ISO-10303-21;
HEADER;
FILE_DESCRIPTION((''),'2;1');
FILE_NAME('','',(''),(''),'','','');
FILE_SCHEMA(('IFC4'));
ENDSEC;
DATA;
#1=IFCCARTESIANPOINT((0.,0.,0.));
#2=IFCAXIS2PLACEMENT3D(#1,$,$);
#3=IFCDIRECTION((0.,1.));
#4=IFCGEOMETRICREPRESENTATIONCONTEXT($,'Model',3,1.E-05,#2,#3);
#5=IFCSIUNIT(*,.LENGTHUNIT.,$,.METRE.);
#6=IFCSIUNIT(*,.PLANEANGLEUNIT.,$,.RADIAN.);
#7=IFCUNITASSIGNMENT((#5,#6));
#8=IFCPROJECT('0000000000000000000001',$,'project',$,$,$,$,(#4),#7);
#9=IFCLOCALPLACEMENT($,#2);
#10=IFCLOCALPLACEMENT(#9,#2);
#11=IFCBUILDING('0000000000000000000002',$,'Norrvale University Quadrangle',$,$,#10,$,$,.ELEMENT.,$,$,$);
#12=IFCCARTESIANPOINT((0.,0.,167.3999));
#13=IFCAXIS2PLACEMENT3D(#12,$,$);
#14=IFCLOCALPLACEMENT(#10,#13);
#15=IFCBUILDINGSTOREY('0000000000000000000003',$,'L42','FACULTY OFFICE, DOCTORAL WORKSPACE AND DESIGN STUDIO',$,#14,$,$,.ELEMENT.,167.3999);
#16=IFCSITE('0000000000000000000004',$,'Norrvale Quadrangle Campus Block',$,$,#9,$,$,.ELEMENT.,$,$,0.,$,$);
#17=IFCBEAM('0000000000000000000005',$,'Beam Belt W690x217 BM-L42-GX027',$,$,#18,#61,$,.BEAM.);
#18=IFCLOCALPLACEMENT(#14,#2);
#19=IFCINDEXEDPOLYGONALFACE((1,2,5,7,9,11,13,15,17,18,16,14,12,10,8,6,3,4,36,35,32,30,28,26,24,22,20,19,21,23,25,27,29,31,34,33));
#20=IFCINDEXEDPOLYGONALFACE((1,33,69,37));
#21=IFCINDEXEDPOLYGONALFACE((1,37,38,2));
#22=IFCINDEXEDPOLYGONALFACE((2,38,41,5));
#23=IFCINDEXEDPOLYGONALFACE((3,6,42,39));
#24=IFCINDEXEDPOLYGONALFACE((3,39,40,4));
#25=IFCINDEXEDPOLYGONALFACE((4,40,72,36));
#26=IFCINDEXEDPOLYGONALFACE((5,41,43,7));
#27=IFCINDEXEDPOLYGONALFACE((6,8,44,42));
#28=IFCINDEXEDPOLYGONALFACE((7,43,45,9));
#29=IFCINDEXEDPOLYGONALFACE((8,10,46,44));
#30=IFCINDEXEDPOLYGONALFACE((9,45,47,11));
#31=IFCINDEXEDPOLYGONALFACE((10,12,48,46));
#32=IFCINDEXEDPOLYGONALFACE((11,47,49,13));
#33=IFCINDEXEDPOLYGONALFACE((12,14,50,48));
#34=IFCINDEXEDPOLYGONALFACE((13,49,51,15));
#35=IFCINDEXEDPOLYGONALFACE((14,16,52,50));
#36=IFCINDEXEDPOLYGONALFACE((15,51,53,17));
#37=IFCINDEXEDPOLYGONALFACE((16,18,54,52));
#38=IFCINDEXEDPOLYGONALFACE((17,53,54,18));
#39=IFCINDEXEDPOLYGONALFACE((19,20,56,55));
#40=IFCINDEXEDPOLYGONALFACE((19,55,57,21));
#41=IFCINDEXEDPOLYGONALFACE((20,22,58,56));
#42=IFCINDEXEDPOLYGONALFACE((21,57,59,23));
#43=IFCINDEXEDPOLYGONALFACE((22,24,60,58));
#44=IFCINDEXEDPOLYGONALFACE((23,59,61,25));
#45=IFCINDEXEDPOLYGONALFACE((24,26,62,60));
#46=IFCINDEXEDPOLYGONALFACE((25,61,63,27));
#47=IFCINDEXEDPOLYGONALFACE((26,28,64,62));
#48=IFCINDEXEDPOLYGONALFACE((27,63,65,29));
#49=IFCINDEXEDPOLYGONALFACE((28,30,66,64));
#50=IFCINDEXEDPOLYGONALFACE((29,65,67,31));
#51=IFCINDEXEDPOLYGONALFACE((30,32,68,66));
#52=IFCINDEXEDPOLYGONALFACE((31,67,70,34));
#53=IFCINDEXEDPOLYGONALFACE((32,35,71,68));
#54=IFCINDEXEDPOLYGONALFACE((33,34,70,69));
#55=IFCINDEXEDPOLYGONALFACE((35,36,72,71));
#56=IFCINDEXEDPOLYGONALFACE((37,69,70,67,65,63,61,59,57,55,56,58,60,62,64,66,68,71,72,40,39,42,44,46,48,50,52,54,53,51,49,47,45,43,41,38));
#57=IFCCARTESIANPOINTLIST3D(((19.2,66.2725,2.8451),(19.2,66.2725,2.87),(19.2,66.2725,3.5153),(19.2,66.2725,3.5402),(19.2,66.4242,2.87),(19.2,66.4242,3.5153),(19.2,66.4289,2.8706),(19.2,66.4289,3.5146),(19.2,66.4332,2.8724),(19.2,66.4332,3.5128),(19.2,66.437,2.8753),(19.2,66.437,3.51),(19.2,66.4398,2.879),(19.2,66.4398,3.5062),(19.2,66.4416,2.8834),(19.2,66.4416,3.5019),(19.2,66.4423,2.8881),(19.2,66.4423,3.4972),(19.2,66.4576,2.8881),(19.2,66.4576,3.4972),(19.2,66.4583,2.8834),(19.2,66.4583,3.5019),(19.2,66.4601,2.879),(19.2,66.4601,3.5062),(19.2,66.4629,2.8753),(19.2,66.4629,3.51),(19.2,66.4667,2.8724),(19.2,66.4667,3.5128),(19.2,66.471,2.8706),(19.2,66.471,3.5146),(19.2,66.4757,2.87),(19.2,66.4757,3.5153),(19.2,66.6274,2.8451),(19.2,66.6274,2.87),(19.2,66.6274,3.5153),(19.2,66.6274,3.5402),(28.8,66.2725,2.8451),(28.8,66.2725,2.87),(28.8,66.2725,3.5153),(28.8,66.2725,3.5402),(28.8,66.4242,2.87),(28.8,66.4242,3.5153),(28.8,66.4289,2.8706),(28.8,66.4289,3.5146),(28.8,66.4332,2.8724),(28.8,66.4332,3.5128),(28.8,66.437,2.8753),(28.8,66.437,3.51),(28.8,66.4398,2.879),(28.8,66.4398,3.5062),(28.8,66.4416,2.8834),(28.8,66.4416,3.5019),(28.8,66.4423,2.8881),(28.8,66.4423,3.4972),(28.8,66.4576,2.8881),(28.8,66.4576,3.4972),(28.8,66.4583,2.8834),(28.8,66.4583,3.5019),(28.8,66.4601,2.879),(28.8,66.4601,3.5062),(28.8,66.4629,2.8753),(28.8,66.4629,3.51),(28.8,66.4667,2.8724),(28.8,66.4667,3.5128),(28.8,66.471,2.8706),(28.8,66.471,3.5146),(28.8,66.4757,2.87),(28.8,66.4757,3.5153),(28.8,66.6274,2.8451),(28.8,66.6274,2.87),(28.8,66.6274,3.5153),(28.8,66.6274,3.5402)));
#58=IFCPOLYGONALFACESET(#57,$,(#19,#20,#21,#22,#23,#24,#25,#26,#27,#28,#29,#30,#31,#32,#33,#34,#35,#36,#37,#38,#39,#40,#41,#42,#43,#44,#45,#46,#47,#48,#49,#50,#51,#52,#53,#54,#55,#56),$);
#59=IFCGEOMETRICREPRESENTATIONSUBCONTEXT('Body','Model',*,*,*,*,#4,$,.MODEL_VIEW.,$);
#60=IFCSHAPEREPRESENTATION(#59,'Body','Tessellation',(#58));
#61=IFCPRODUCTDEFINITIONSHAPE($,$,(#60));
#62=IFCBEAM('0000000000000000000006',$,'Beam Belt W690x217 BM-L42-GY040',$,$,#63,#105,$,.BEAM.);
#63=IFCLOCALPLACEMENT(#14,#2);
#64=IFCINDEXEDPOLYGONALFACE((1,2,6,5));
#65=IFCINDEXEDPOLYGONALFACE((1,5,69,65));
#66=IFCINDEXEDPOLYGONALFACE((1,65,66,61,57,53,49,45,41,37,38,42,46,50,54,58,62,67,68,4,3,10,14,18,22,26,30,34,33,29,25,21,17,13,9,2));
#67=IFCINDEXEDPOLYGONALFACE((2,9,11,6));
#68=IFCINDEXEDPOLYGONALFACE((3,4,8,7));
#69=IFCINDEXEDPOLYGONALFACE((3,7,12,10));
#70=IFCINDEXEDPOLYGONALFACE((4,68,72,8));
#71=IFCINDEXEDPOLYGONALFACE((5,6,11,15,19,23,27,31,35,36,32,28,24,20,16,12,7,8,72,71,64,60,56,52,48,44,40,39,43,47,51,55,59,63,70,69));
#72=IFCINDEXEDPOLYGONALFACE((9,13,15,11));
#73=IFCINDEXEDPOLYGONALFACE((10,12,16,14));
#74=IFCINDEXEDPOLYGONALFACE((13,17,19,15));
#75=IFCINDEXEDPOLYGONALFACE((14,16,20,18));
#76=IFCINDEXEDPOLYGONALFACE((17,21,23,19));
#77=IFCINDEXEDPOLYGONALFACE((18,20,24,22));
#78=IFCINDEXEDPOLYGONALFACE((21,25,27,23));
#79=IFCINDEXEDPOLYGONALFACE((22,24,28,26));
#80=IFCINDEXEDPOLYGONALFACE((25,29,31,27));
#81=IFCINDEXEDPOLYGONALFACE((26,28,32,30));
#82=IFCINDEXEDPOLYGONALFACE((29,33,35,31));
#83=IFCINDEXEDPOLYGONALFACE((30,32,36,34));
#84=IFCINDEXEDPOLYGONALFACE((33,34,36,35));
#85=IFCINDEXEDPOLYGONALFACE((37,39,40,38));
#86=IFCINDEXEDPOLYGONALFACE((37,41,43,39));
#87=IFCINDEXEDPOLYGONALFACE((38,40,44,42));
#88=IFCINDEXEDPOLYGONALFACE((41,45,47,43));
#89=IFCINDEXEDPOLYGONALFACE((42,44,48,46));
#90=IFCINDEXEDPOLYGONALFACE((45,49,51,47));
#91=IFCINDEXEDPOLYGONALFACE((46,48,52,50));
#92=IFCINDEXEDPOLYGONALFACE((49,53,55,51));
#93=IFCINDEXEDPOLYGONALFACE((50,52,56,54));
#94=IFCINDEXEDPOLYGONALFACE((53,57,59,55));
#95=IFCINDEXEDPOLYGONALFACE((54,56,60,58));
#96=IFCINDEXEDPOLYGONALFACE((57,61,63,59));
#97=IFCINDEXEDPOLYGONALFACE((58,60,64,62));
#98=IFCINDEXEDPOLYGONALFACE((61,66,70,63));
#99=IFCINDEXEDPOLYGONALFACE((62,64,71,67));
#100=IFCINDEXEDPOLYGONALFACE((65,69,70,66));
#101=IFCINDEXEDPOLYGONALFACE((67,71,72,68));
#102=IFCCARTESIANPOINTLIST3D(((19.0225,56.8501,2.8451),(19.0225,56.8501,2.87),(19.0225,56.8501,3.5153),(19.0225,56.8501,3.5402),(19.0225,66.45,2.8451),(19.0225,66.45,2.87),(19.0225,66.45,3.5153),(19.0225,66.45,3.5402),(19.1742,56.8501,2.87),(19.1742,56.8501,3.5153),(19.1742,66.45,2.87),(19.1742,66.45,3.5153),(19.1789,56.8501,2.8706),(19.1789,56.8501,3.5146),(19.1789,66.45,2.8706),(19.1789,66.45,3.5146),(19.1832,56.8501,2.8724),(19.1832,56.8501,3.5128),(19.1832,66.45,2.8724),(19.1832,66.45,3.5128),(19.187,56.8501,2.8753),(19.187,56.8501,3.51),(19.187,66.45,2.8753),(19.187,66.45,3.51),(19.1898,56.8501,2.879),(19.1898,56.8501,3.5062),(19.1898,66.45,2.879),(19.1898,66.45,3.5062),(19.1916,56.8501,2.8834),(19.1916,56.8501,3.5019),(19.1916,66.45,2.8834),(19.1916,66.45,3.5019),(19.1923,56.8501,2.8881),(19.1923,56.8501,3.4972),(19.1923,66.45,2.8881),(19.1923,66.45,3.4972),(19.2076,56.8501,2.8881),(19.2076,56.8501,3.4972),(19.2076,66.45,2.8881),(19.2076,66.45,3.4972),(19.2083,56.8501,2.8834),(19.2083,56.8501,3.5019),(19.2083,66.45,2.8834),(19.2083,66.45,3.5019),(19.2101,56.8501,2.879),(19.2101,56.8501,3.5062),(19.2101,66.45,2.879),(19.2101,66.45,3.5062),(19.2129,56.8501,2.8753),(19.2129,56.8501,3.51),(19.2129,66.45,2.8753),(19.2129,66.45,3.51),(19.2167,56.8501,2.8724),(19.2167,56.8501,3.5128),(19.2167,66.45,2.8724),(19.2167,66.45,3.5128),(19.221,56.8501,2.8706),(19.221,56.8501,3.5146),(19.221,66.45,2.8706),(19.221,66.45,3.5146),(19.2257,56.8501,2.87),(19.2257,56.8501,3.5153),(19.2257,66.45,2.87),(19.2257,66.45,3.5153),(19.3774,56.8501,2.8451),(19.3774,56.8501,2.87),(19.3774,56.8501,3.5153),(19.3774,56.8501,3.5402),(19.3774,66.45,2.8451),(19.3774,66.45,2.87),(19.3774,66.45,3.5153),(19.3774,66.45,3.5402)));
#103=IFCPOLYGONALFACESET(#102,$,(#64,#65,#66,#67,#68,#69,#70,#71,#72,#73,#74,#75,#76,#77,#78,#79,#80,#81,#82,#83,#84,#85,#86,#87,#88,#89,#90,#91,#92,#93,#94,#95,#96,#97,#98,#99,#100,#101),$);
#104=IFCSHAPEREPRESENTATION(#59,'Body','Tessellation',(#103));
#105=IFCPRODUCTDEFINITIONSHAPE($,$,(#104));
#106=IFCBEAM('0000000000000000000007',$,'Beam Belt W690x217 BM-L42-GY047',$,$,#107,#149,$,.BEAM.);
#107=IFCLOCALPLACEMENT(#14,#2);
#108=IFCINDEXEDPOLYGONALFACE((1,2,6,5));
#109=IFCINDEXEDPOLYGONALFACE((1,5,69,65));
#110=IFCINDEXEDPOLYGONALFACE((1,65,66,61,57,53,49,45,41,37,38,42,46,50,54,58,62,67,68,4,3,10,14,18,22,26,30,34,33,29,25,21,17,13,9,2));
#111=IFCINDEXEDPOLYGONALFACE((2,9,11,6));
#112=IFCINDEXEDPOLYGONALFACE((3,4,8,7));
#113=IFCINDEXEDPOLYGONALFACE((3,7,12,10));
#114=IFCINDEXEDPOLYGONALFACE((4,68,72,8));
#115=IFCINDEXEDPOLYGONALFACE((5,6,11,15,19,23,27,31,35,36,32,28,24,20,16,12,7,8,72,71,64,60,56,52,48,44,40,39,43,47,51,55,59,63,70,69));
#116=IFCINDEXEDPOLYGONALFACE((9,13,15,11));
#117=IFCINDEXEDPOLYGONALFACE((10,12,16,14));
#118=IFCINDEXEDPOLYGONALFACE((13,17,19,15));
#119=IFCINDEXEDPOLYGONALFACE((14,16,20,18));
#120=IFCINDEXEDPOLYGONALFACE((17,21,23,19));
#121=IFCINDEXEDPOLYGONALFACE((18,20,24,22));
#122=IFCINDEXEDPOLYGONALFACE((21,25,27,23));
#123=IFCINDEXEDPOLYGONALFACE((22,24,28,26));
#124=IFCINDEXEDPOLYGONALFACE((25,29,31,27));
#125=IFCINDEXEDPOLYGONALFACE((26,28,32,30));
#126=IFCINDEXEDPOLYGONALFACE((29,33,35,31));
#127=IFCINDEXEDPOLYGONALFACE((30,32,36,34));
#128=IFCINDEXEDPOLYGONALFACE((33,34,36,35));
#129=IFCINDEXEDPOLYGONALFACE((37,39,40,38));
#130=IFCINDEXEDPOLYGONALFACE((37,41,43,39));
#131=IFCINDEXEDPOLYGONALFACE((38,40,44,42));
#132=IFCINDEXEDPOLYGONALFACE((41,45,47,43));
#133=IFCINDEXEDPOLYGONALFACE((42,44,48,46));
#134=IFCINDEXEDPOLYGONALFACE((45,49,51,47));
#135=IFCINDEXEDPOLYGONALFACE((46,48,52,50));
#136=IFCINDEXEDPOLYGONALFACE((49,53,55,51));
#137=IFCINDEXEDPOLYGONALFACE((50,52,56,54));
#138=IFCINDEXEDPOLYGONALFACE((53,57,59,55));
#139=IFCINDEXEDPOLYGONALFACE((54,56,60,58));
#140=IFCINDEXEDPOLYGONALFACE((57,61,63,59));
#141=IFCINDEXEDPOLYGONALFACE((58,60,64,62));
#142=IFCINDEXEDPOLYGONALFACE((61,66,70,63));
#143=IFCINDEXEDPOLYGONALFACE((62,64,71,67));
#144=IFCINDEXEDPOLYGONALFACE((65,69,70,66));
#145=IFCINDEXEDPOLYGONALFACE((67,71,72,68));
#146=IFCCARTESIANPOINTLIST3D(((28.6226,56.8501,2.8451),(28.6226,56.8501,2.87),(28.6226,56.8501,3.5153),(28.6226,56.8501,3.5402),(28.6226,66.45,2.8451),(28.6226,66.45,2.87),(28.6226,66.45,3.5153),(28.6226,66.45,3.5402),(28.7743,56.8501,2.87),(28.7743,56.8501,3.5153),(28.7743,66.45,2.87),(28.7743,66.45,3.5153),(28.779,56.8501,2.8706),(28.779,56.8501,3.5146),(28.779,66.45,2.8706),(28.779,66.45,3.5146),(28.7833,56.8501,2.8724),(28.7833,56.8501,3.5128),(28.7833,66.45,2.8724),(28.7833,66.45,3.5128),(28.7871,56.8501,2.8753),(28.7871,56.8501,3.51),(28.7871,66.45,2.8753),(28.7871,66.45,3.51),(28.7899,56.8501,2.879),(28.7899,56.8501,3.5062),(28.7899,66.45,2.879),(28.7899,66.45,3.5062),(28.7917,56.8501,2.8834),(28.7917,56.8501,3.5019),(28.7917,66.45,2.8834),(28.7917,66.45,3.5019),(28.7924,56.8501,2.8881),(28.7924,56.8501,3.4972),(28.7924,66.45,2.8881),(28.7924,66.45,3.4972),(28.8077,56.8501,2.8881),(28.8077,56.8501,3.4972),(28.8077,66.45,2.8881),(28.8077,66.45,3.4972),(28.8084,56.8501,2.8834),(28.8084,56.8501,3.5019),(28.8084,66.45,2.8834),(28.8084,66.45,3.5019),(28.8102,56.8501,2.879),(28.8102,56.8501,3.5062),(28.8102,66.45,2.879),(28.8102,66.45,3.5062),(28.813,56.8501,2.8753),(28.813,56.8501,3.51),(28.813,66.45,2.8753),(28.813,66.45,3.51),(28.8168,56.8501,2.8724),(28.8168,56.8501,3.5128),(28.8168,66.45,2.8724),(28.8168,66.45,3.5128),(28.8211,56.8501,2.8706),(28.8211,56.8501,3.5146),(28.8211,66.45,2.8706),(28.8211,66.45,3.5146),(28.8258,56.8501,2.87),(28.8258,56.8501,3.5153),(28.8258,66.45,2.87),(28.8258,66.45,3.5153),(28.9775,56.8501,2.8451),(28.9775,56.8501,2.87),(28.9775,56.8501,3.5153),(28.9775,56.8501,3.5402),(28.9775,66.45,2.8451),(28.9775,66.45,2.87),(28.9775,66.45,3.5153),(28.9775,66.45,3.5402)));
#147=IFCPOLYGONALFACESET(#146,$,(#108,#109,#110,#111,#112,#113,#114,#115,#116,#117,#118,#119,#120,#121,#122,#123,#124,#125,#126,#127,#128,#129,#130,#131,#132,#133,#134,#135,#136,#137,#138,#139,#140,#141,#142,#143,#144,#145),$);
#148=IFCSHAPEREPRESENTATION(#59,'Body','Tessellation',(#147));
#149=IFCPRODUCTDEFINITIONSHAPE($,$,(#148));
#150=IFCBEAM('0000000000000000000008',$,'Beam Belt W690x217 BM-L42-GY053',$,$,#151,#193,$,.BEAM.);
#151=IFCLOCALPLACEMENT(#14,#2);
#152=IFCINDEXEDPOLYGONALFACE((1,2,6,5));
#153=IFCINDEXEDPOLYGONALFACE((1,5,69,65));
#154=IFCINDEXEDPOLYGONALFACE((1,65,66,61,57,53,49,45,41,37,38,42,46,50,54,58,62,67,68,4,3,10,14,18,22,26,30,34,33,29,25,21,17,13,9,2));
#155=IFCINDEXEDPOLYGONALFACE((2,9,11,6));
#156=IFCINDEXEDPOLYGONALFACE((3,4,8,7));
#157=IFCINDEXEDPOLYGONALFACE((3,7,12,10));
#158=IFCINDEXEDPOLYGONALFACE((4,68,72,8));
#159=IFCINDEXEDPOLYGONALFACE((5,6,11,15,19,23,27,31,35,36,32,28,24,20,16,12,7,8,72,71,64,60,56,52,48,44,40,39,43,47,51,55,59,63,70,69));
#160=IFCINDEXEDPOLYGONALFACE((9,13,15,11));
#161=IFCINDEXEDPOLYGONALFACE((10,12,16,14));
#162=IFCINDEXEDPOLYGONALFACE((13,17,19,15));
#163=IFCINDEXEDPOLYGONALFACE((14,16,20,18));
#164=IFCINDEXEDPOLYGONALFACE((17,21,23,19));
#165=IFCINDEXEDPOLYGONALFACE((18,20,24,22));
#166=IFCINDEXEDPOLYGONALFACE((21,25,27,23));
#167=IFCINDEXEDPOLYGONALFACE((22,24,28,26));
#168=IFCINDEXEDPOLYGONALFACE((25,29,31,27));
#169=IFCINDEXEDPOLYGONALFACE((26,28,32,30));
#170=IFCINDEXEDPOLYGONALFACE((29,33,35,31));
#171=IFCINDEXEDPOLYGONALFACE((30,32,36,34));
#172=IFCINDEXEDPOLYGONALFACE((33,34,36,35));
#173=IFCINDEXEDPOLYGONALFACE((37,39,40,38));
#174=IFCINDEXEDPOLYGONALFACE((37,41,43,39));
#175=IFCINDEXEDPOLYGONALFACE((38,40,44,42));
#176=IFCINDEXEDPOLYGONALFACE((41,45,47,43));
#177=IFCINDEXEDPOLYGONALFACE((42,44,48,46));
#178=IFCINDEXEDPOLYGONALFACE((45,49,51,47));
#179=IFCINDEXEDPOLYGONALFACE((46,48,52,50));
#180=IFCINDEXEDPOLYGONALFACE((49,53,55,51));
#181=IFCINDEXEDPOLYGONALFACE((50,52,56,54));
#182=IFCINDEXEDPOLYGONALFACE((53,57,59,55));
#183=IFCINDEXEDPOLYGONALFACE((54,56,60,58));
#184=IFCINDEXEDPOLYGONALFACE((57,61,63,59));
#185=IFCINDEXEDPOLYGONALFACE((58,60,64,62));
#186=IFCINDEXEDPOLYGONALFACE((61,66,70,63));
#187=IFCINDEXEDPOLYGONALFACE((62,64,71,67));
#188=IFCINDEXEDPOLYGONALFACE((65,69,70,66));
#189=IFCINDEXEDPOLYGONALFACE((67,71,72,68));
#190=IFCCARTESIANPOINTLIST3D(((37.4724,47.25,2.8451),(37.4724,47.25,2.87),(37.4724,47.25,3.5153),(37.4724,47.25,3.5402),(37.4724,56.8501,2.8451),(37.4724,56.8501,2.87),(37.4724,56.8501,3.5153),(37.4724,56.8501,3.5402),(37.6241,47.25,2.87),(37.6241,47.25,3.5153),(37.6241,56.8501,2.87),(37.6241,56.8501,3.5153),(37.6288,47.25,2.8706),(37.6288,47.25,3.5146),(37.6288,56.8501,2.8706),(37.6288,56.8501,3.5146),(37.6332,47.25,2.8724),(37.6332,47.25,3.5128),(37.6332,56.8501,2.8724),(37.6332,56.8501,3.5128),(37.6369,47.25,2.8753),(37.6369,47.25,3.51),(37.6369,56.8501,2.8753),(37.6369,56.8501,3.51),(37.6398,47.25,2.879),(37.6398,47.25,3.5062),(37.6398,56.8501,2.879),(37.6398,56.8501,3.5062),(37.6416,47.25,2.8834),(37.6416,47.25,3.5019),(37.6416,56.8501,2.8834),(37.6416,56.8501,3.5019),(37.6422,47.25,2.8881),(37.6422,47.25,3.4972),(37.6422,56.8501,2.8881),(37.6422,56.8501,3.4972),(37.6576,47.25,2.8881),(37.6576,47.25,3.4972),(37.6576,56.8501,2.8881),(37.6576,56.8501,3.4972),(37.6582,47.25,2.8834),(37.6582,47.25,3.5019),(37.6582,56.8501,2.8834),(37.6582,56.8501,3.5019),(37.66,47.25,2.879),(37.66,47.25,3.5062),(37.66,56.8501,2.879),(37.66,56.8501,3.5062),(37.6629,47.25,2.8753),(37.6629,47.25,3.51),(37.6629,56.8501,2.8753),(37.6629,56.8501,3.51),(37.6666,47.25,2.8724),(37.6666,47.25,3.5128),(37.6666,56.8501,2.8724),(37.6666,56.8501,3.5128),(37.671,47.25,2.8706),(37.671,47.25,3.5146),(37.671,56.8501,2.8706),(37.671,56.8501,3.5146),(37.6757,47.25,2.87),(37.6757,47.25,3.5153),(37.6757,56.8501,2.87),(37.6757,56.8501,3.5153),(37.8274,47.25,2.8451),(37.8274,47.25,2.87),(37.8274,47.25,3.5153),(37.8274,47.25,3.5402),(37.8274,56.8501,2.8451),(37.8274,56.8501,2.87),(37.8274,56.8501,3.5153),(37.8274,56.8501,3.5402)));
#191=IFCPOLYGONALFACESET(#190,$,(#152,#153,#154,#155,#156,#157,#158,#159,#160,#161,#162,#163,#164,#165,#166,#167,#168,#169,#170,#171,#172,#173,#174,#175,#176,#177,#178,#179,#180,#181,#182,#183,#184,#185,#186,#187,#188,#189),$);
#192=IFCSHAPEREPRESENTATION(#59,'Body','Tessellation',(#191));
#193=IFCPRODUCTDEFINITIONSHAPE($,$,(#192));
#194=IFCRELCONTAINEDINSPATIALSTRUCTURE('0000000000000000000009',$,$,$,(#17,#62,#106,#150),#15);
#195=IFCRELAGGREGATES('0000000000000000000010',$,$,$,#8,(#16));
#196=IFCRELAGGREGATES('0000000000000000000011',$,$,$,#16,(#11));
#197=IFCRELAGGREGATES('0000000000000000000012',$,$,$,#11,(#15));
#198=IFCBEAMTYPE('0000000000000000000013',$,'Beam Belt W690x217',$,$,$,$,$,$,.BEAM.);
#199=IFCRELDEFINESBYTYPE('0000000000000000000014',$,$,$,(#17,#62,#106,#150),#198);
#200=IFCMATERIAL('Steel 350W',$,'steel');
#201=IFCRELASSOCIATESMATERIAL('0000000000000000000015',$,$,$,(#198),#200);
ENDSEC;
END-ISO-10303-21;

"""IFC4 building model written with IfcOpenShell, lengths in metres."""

from ifc_helpers import new_model, si_unit, direction, frame, origin, origin_2d, place, context, subcontext, project, spatial, i_section, extrude, material, material_profile, profile_set, type_object, element, save


model = new_model("IFC4")

# Units and contexts
model_context = context("Model", 3, precision=1e-05, world=origin(), true_north=direction((0.0, 1.0)))
body_context = subcontext(model_context, "Body", "Model", "MODEL_VIEW")
ifc_project = project(units=[si_unit("LENGTHUNIT", "METRE"), si_unit("PLANEANGLEUNIT", "RADIAN")], contexts=[model_context])

# Site, building, storey
site_placement = place(None, origin())
site = spatial("IfcSite", under=ifc_project, at=site_placement, Name="Norrvale Quadrangle Campus Block", CompositionType="ELEMENT", RefElevation=0.0)
building_placement = place(site_placement, origin())
building = spatial("IfcBuilding", under=site, at=building_placement, Name="Norrvale University Quadrangle", CompositionType="ELEMENT")
storey_placement = place(building_placement, frame((0.0, 0.0, 167.3999)))
storey = spatial("IfcBuildingStorey", under=building, at=storey_placement, Name="L42", Description="FACULTY OFFICE, DOCTORAL WORKSPACE AND DESIGN STUDIO", CompositionType="ELEMENT", Elevation=167.3999)

# Beams
ifc_material_1 = material(Name="Steel 350W", Category="steel")
ifc_material_profile_1 = material_profile(ifc_material_1, i_section(OverallWidth=0.355, OverallDepth=0.6951, WebThickness=0.0154, FlangeThickness=0.0249, FilletRadius=0.0181, at=origin_2d()), Name="Steel 350W")
ifc_profile_set_1 = profile_set([ifc_material_profile_1], Name="Steel 350W")
beam_type_1 = type_object("IfcBeamType", Name="Beam Belt W690x217", PredefinedType="BEAM", material=ifc_profile_set_1)
beam_1_placement = place(storey_placement, frame((19.2, 66.45, 3.1926), z_axis=(1.0, 0.0, 0.0), x_axis=(0.0, 1.0, 0.0)))
element("IfcBeam", 1, at=beam_1_placement, inside=storey, type_object=beam_type_1, Name="Beam Belt W690x217 BM-L42-GX027", PredefinedType="BEAM", context=body_context, shape_type="SweptSolid", body=[
    extrude(i_section(OverallWidth=0.355, OverallDepth=0.6951, WebThickness=0.0154, FlangeThickness=0.0249, FilletRadius=0.0181, at=origin_2d()), origin(), (0.0, 0.0, 1.0), 9.6001),
])
for number, where, z_axis, x_axis, name in (
    (2, (19.2, 56.8501, 3.1926), (0.0, 1.0, 0.0), (-1.0, 0.0, 0.0), "Beam Belt W690x217 BM-L42-GY040"),
    (3, (28.8, 56.8501, 3.1926), (0.0, 1.0, 0.0), (-1.0, 0.0, 0.0), "Beam Belt W690x217 BM-L42-GY047"),
):
    element("IfcBeam", number, at=place(storey_placement, frame(where, z_axis=z_axis, x_axis=x_axis)), inside=storey, type_object=beam_type_1, Name=name, PredefinedType="BEAM", context=body_context, shape_type="SweptSolid", body=[
        extrude(i_section(OverallWidth=0.355, OverallDepth=0.6951, WebThickness=0.0154, FlangeThickness=0.0249, FilletRadius=0.0181, at=origin_2d()), origin(), (0.0, 0.0, 1.0), 9.5999),
    ])
beam_2_placement = place(storey_placement, frame((37.6499, 47.25, 3.1926), z_axis=(0.0, 1.0, 0.0), x_axis=(-1.0, 0.0, 0.0)))
element("IfcBeam", 4, at=beam_2_placement, inside=storey, type_object=beam_type_1, Name="Beam Belt W690x217 BM-L42-GY053", PredefinedType="BEAM", context=body_context, shape_type="SweptSolid", body=[
    extrude(i_section(OverallWidth=0.355, OverallDepth=0.6951, WebThickness=0.0154, FlangeThickness=0.0249, FilletRadius=0.0181, at=origin_2d()), origin(), (0.0, 0.0, 1.0), 9.6001),
])

save(model, "model.ifc")
